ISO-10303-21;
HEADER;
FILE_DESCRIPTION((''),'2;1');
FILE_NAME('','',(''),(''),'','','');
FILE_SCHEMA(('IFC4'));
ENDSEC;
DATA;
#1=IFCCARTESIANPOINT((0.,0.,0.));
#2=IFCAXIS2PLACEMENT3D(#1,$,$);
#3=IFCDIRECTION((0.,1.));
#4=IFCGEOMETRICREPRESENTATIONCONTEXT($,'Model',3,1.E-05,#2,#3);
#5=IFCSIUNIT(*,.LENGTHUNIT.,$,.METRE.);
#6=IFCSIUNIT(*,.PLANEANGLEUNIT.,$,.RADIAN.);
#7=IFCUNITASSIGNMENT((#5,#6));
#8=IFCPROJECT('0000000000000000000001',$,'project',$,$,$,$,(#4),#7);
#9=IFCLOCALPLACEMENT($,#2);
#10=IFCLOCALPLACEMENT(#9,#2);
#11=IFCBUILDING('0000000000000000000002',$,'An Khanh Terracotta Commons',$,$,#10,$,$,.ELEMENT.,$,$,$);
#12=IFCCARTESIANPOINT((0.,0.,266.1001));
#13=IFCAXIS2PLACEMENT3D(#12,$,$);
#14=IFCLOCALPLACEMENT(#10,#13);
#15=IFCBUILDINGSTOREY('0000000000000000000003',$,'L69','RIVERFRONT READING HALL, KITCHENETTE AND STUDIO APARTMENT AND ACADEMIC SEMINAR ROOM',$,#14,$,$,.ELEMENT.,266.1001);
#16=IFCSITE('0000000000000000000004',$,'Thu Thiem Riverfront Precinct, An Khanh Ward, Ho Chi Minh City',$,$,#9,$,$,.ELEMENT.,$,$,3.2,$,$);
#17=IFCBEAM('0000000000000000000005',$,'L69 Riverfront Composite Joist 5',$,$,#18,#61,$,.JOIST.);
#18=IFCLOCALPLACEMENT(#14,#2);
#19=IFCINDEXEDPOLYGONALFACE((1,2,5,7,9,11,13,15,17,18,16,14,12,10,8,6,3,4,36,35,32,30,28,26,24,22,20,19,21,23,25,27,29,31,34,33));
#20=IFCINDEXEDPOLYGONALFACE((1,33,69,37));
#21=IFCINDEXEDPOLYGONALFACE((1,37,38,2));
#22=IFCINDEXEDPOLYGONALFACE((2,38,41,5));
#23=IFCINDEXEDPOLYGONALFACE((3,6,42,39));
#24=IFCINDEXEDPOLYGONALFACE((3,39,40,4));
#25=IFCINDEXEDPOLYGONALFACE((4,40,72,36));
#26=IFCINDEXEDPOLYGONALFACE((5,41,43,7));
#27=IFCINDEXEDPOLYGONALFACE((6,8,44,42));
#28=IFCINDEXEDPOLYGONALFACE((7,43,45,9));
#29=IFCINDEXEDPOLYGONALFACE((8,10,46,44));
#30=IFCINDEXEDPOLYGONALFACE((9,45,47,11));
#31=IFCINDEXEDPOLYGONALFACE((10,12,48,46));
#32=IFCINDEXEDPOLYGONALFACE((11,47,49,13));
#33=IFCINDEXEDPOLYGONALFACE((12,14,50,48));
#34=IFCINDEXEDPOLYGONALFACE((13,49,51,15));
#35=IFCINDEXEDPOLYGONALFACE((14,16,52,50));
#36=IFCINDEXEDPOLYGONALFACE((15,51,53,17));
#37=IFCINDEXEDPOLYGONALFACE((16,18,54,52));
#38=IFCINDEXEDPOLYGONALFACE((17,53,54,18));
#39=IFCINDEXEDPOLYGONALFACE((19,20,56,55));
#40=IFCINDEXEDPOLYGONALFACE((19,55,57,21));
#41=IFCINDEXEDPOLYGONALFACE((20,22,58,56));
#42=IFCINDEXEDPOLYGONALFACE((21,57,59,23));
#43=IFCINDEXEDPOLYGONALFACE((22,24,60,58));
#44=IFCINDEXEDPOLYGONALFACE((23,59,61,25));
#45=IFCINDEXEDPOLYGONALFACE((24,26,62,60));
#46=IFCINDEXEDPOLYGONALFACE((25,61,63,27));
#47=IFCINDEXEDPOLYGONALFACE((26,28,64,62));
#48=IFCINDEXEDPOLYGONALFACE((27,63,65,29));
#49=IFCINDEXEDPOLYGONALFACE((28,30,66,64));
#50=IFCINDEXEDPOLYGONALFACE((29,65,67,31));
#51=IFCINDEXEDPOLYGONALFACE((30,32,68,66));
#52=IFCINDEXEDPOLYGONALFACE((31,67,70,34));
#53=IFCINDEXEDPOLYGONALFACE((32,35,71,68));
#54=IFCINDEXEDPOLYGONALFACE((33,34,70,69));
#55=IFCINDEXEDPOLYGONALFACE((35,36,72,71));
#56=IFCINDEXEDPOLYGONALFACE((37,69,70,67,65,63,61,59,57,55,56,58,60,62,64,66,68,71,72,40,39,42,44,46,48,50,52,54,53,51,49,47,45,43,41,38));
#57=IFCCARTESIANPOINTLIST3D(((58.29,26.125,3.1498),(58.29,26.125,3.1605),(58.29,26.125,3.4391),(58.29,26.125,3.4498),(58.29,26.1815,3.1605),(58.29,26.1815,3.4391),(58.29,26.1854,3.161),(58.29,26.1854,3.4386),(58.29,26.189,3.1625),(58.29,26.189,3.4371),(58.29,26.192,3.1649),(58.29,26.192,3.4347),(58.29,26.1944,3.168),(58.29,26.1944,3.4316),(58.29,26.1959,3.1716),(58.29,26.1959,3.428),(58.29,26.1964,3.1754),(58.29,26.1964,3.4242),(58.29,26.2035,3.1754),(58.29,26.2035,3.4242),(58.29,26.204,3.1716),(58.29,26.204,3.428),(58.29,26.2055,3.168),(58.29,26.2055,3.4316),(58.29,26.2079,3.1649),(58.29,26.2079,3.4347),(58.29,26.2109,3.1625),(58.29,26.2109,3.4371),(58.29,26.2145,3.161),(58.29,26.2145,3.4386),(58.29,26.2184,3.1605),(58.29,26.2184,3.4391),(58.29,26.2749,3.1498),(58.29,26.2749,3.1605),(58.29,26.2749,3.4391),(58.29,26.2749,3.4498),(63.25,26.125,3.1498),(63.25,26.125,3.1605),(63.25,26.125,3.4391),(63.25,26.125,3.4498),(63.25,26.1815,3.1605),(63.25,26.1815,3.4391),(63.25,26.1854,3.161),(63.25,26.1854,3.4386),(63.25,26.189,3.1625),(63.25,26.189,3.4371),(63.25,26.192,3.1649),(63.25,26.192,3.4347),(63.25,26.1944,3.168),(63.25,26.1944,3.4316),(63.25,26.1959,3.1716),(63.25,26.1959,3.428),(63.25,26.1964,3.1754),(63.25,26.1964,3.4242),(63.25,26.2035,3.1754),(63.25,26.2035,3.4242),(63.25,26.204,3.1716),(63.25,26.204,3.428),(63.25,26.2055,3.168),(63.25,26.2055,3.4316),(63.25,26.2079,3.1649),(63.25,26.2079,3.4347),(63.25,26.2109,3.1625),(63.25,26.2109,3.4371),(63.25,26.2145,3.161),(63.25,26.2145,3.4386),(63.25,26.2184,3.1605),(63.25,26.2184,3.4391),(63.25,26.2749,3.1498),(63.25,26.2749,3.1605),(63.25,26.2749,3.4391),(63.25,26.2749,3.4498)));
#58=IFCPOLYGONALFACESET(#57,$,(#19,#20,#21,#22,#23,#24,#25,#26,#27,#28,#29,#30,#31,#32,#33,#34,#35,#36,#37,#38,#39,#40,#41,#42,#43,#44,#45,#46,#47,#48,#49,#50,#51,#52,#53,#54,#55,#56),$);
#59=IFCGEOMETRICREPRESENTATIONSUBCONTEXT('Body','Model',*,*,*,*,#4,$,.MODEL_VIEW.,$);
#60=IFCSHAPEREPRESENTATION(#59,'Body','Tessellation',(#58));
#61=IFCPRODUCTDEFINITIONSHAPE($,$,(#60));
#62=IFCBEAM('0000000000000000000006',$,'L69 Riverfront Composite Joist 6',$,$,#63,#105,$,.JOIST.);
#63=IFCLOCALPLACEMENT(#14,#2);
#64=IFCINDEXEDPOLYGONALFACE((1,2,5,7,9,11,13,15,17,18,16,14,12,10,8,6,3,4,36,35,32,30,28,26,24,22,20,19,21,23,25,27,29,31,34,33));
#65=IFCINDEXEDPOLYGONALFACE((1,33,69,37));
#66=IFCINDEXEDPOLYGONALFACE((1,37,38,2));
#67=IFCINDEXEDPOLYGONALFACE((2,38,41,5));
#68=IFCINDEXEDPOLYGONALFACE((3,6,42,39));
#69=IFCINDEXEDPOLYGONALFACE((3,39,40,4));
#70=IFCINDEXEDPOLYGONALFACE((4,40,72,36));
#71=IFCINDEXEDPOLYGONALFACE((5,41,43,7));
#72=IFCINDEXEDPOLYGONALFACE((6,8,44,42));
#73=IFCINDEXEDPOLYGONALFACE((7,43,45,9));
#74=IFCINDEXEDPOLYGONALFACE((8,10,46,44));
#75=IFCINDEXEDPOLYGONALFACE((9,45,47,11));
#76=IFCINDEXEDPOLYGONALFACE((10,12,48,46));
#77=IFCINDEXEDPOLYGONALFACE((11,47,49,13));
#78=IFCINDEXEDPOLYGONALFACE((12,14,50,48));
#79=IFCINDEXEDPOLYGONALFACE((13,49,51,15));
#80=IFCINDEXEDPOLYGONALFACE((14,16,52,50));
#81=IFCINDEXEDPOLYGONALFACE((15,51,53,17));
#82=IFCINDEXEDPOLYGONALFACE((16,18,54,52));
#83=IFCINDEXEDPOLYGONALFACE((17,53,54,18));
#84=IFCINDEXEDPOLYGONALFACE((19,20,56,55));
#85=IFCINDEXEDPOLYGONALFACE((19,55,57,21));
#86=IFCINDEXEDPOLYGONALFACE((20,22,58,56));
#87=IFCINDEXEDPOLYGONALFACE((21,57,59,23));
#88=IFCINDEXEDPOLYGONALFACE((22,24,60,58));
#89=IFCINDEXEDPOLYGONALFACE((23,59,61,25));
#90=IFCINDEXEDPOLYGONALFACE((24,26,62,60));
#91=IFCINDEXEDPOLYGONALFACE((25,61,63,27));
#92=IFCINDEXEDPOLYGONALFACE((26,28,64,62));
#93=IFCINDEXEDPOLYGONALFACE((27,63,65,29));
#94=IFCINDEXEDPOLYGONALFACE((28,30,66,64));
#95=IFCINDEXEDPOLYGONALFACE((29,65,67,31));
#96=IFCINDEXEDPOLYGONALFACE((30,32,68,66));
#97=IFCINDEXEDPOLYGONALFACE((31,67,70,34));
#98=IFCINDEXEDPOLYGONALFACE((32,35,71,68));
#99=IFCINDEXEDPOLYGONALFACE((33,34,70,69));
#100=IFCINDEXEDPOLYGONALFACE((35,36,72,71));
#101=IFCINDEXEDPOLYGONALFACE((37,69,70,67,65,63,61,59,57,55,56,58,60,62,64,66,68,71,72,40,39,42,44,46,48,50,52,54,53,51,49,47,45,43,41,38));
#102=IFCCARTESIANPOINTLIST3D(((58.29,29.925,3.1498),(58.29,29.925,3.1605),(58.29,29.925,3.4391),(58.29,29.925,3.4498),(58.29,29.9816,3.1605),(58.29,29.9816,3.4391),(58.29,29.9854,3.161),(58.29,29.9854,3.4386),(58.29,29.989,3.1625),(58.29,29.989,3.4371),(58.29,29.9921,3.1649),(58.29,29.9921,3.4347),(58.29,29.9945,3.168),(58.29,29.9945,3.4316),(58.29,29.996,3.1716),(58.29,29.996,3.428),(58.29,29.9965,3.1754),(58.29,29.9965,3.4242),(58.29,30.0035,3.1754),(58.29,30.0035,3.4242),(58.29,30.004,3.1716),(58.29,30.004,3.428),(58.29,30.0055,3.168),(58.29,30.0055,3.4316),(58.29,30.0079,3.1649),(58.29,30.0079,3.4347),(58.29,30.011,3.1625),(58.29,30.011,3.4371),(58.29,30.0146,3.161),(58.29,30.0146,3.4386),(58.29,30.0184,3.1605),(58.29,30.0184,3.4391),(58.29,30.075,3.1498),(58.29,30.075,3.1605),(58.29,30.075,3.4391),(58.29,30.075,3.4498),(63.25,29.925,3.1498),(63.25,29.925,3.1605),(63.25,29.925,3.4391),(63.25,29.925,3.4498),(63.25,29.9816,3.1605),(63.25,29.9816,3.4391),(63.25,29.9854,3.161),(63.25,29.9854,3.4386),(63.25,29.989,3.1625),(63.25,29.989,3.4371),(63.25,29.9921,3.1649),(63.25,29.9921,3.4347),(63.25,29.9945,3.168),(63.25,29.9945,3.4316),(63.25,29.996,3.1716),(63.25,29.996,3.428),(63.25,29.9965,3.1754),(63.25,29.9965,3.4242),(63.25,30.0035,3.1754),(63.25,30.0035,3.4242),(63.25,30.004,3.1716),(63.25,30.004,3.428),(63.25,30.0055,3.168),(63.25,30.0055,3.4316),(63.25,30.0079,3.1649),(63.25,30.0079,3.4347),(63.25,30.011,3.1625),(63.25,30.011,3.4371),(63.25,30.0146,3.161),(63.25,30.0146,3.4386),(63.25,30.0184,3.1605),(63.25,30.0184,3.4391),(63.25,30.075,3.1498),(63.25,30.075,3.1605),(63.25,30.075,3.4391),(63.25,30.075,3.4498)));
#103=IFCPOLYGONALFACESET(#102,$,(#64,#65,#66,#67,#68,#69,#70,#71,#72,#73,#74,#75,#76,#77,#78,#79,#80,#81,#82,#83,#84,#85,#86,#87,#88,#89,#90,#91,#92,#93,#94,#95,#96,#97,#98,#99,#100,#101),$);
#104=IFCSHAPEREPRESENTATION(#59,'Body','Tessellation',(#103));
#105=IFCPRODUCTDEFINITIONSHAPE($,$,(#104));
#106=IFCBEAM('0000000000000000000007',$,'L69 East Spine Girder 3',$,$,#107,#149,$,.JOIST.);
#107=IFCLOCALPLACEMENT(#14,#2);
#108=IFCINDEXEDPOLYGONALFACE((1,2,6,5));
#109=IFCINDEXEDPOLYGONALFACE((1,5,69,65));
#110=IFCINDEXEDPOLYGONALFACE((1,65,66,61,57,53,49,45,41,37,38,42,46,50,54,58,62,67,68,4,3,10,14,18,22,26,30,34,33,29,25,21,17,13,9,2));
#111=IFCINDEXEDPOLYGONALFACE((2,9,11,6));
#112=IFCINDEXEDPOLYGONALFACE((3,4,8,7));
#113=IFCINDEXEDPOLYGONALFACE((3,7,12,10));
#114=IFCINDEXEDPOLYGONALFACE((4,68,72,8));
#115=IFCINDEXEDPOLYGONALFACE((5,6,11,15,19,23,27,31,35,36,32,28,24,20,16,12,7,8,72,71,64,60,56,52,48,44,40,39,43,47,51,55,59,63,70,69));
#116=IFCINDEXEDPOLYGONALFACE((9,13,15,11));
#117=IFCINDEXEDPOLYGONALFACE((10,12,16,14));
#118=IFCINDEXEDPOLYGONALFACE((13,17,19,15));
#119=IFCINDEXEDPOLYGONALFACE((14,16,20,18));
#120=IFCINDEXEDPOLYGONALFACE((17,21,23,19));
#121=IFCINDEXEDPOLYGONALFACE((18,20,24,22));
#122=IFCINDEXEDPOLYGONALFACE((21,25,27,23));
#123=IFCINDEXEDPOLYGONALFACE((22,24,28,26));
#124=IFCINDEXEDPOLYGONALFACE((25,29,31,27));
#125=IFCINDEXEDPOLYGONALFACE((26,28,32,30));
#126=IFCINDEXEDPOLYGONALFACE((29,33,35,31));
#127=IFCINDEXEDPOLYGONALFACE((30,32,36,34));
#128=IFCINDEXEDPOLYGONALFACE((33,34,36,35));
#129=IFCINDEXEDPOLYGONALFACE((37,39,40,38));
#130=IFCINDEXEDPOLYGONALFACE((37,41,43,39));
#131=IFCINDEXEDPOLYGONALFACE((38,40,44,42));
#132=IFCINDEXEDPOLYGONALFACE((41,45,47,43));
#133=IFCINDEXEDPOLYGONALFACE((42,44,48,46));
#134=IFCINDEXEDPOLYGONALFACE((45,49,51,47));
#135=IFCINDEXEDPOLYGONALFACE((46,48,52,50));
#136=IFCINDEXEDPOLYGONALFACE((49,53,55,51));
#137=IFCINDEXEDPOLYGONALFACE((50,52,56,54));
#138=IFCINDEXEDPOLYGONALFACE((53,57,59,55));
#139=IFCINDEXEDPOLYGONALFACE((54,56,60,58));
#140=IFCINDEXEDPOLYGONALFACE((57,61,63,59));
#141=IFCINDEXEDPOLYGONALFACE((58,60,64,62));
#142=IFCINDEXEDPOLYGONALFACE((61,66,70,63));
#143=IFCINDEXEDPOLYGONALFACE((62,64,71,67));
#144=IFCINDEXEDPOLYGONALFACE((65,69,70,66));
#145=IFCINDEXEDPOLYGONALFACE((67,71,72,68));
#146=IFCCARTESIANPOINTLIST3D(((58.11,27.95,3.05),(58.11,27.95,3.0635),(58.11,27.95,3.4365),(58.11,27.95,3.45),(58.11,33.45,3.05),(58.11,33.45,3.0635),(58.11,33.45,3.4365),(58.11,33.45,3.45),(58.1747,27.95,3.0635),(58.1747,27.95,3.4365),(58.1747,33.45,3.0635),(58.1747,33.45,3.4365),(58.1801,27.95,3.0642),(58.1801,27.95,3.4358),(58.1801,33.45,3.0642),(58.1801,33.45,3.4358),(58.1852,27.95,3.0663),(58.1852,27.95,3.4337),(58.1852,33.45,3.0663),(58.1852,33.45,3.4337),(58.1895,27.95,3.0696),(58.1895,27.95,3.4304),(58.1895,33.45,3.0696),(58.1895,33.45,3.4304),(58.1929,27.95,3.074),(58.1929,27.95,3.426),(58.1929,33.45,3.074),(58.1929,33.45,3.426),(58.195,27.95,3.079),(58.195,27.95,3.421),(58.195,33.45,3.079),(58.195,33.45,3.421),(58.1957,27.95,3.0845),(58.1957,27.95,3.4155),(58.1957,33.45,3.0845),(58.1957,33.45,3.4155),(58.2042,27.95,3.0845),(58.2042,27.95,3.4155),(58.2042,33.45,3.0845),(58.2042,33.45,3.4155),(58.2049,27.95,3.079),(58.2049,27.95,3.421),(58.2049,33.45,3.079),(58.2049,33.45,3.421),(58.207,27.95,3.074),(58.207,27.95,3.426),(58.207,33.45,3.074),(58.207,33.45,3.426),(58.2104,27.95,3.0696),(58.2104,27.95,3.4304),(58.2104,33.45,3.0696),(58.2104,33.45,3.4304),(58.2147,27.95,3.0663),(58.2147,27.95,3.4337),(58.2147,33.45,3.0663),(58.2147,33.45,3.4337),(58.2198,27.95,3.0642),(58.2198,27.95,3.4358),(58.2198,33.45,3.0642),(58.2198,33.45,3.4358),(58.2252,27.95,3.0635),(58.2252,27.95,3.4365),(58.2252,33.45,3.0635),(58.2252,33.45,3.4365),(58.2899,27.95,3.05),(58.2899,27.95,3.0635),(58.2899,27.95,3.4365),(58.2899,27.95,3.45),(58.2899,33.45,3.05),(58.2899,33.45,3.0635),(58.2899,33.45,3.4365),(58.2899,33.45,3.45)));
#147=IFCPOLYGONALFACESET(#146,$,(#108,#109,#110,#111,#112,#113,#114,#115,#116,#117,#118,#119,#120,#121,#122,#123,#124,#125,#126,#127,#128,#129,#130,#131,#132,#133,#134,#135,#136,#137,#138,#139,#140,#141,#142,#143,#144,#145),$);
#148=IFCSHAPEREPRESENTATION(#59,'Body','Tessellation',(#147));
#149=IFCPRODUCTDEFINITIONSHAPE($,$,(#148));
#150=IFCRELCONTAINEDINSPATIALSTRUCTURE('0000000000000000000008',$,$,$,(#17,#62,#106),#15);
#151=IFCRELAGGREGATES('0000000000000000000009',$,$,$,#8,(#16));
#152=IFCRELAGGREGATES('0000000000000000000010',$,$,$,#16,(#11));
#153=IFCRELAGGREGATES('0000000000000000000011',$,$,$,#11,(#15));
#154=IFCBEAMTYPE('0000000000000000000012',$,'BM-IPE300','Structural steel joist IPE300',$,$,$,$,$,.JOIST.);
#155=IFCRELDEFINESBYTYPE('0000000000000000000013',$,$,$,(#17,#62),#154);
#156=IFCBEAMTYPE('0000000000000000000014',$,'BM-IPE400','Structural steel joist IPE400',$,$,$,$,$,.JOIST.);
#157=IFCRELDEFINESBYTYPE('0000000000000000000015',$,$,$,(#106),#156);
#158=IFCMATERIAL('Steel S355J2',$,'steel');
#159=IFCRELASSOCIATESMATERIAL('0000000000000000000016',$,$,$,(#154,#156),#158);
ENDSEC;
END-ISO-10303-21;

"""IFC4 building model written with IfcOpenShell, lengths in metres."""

from ifc_helpers import new_model, si_unit, direction, frame, origin, origin_2d, place, context, subcontext, project, spatial, i_section, extrude, material, material_profile, profile_set, type_object, element, save


model = new_model("IFC4")

# Units and contexts
model_context = context("Model", 3, precision=1e-05, world=origin(), true_north=direction((0.0, 1.0)))
body_context = subcontext(model_context, "Body", "Model", "MODEL_VIEW")
ifc_project = project(units=[si_unit("LENGTHUNIT", "METRE"), si_unit("PLANEANGLEUNIT", "RADIAN")], contexts=[model_context])

# Site, building, storey
site_placement = place(None, origin())
site = spatial("IfcSite", under=ifc_project, at=site_placement, Name="Thu Thiem Riverfront Precinct, An Khanh Ward, Ho Chi Minh City", CompositionType="ELEMENT", RefElevation=3.2)
building_placement = place(site_placement, origin())
building = spatial("IfcBuilding", under=site, at=building_placement, Name="An Khanh Terracotta Commons", CompositionType="ELEMENT")
storey_placement = place(building_placement, frame((0.0, 0.0, 266.1001)))
storey = spatial("IfcBuildingStorey", under=building, at=storey_placement, Name="L69", Description="RIVERFRONT READING HALL, KITCHENETTE AND STUDIO APARTMENT AND ACADEMIC SEMINAR ROOM", CompositionType="ELEMENT", Elevation=266.1001)

# Beams
ifc_material_1 = material(Name="Steel S355J2", Category="steel")
ifc_material_profile_1 = material_profile(ifc_material_1, i_section(OverallWidth=0.1499, OverallDepth=0.3, WebThickness=0.0071, FlangeThickness=0.0107, FilletRadius=0.0149, at=origin_2d()), Name="IPE300")
ifc_profile_set_1 = profile_set([ifc_material_profile_1], Name="Steel S355J2")
beam_type_1 = type_object("IfcBeamType", Name="BM-IPE300", Description="Structural steel joist IPE300", PredefinedType="JOIST", material=ifc_profile_set_1)
for number, where, z_axis, x_axis, name in (
    (1, (58.29, 26.2, 3.2998), (1.0, 0.0, 0.0), (0.0, 1.0, 0.0), "L69 Riverfront Composite Joist 5"),
    (2, (58.29, 30.0, 3.2998), (1.0, 0.0, 0.0), (0.0, 1.0, 0.0), "L69 Riverfront Composite Joist 6"),
):
    element("IfcBeam", number, at=place(storey_placement, frame(where, z_axis=z_axis, x_axis=x_axis)), inside=storey, type_object=beam_type_1, Name=name, PredefinedType="JOIST", context=body_context, shape_type="SweptSolid", body=[
        extrude(i_section(OverallWidth=0.1499, OverallDepth=0.3, WebThickness=0.0071, FlangeThickness=0.0107, FilletRadius=0.0149, at=origin_2d()), origin(), (0.0, 0.0, 1.0), 4.96),
    ])
ifc_material_profile_2 = material_profile(ifc_material_1, i_section(OverallWidth=0.1799, OverallDepth=0.3999, WebThickness=0.0085, FlangeThickness=0.0134, FilletRadius=0.021, at=origin_2d()), Name="IPE400")
ifc_profile_set_2 = profile_set([ifc_material_profile_2], Name="Steel S355J2")
beam_type_2 = type_object("IfcBeamType", Name="BM-IPE400", Description="Structural steel joist IPE400", PredefinedType="JOIST", material=ifc_profile_set_2)
beam_1_placement = place(storey_placement, frame((58.2, 27.95, 3.25), z_axis=(0.0, 1.0, 0.0), x_axis=(-1.0, 0.0, 0.0)))
element("IfcBeam", 3, at=beam_1_placement, inside=storey, type_object=beam_type_2, Name="L69 East Spine Girder 3", PredefinedType="JOIST", context=body_context, shape_type="SweptSolid", body=[
    extrude(i_section(OverallWidth=0.1799, OverallDepth=0.3999, WebThickness=0.0085, FlangeThickness=0.0134, FilletRadius=0.021, at=origin_2d()), origin(), (0.0, 0.0, 1.0), 5.5),
])

save(model, "model.ifc")
